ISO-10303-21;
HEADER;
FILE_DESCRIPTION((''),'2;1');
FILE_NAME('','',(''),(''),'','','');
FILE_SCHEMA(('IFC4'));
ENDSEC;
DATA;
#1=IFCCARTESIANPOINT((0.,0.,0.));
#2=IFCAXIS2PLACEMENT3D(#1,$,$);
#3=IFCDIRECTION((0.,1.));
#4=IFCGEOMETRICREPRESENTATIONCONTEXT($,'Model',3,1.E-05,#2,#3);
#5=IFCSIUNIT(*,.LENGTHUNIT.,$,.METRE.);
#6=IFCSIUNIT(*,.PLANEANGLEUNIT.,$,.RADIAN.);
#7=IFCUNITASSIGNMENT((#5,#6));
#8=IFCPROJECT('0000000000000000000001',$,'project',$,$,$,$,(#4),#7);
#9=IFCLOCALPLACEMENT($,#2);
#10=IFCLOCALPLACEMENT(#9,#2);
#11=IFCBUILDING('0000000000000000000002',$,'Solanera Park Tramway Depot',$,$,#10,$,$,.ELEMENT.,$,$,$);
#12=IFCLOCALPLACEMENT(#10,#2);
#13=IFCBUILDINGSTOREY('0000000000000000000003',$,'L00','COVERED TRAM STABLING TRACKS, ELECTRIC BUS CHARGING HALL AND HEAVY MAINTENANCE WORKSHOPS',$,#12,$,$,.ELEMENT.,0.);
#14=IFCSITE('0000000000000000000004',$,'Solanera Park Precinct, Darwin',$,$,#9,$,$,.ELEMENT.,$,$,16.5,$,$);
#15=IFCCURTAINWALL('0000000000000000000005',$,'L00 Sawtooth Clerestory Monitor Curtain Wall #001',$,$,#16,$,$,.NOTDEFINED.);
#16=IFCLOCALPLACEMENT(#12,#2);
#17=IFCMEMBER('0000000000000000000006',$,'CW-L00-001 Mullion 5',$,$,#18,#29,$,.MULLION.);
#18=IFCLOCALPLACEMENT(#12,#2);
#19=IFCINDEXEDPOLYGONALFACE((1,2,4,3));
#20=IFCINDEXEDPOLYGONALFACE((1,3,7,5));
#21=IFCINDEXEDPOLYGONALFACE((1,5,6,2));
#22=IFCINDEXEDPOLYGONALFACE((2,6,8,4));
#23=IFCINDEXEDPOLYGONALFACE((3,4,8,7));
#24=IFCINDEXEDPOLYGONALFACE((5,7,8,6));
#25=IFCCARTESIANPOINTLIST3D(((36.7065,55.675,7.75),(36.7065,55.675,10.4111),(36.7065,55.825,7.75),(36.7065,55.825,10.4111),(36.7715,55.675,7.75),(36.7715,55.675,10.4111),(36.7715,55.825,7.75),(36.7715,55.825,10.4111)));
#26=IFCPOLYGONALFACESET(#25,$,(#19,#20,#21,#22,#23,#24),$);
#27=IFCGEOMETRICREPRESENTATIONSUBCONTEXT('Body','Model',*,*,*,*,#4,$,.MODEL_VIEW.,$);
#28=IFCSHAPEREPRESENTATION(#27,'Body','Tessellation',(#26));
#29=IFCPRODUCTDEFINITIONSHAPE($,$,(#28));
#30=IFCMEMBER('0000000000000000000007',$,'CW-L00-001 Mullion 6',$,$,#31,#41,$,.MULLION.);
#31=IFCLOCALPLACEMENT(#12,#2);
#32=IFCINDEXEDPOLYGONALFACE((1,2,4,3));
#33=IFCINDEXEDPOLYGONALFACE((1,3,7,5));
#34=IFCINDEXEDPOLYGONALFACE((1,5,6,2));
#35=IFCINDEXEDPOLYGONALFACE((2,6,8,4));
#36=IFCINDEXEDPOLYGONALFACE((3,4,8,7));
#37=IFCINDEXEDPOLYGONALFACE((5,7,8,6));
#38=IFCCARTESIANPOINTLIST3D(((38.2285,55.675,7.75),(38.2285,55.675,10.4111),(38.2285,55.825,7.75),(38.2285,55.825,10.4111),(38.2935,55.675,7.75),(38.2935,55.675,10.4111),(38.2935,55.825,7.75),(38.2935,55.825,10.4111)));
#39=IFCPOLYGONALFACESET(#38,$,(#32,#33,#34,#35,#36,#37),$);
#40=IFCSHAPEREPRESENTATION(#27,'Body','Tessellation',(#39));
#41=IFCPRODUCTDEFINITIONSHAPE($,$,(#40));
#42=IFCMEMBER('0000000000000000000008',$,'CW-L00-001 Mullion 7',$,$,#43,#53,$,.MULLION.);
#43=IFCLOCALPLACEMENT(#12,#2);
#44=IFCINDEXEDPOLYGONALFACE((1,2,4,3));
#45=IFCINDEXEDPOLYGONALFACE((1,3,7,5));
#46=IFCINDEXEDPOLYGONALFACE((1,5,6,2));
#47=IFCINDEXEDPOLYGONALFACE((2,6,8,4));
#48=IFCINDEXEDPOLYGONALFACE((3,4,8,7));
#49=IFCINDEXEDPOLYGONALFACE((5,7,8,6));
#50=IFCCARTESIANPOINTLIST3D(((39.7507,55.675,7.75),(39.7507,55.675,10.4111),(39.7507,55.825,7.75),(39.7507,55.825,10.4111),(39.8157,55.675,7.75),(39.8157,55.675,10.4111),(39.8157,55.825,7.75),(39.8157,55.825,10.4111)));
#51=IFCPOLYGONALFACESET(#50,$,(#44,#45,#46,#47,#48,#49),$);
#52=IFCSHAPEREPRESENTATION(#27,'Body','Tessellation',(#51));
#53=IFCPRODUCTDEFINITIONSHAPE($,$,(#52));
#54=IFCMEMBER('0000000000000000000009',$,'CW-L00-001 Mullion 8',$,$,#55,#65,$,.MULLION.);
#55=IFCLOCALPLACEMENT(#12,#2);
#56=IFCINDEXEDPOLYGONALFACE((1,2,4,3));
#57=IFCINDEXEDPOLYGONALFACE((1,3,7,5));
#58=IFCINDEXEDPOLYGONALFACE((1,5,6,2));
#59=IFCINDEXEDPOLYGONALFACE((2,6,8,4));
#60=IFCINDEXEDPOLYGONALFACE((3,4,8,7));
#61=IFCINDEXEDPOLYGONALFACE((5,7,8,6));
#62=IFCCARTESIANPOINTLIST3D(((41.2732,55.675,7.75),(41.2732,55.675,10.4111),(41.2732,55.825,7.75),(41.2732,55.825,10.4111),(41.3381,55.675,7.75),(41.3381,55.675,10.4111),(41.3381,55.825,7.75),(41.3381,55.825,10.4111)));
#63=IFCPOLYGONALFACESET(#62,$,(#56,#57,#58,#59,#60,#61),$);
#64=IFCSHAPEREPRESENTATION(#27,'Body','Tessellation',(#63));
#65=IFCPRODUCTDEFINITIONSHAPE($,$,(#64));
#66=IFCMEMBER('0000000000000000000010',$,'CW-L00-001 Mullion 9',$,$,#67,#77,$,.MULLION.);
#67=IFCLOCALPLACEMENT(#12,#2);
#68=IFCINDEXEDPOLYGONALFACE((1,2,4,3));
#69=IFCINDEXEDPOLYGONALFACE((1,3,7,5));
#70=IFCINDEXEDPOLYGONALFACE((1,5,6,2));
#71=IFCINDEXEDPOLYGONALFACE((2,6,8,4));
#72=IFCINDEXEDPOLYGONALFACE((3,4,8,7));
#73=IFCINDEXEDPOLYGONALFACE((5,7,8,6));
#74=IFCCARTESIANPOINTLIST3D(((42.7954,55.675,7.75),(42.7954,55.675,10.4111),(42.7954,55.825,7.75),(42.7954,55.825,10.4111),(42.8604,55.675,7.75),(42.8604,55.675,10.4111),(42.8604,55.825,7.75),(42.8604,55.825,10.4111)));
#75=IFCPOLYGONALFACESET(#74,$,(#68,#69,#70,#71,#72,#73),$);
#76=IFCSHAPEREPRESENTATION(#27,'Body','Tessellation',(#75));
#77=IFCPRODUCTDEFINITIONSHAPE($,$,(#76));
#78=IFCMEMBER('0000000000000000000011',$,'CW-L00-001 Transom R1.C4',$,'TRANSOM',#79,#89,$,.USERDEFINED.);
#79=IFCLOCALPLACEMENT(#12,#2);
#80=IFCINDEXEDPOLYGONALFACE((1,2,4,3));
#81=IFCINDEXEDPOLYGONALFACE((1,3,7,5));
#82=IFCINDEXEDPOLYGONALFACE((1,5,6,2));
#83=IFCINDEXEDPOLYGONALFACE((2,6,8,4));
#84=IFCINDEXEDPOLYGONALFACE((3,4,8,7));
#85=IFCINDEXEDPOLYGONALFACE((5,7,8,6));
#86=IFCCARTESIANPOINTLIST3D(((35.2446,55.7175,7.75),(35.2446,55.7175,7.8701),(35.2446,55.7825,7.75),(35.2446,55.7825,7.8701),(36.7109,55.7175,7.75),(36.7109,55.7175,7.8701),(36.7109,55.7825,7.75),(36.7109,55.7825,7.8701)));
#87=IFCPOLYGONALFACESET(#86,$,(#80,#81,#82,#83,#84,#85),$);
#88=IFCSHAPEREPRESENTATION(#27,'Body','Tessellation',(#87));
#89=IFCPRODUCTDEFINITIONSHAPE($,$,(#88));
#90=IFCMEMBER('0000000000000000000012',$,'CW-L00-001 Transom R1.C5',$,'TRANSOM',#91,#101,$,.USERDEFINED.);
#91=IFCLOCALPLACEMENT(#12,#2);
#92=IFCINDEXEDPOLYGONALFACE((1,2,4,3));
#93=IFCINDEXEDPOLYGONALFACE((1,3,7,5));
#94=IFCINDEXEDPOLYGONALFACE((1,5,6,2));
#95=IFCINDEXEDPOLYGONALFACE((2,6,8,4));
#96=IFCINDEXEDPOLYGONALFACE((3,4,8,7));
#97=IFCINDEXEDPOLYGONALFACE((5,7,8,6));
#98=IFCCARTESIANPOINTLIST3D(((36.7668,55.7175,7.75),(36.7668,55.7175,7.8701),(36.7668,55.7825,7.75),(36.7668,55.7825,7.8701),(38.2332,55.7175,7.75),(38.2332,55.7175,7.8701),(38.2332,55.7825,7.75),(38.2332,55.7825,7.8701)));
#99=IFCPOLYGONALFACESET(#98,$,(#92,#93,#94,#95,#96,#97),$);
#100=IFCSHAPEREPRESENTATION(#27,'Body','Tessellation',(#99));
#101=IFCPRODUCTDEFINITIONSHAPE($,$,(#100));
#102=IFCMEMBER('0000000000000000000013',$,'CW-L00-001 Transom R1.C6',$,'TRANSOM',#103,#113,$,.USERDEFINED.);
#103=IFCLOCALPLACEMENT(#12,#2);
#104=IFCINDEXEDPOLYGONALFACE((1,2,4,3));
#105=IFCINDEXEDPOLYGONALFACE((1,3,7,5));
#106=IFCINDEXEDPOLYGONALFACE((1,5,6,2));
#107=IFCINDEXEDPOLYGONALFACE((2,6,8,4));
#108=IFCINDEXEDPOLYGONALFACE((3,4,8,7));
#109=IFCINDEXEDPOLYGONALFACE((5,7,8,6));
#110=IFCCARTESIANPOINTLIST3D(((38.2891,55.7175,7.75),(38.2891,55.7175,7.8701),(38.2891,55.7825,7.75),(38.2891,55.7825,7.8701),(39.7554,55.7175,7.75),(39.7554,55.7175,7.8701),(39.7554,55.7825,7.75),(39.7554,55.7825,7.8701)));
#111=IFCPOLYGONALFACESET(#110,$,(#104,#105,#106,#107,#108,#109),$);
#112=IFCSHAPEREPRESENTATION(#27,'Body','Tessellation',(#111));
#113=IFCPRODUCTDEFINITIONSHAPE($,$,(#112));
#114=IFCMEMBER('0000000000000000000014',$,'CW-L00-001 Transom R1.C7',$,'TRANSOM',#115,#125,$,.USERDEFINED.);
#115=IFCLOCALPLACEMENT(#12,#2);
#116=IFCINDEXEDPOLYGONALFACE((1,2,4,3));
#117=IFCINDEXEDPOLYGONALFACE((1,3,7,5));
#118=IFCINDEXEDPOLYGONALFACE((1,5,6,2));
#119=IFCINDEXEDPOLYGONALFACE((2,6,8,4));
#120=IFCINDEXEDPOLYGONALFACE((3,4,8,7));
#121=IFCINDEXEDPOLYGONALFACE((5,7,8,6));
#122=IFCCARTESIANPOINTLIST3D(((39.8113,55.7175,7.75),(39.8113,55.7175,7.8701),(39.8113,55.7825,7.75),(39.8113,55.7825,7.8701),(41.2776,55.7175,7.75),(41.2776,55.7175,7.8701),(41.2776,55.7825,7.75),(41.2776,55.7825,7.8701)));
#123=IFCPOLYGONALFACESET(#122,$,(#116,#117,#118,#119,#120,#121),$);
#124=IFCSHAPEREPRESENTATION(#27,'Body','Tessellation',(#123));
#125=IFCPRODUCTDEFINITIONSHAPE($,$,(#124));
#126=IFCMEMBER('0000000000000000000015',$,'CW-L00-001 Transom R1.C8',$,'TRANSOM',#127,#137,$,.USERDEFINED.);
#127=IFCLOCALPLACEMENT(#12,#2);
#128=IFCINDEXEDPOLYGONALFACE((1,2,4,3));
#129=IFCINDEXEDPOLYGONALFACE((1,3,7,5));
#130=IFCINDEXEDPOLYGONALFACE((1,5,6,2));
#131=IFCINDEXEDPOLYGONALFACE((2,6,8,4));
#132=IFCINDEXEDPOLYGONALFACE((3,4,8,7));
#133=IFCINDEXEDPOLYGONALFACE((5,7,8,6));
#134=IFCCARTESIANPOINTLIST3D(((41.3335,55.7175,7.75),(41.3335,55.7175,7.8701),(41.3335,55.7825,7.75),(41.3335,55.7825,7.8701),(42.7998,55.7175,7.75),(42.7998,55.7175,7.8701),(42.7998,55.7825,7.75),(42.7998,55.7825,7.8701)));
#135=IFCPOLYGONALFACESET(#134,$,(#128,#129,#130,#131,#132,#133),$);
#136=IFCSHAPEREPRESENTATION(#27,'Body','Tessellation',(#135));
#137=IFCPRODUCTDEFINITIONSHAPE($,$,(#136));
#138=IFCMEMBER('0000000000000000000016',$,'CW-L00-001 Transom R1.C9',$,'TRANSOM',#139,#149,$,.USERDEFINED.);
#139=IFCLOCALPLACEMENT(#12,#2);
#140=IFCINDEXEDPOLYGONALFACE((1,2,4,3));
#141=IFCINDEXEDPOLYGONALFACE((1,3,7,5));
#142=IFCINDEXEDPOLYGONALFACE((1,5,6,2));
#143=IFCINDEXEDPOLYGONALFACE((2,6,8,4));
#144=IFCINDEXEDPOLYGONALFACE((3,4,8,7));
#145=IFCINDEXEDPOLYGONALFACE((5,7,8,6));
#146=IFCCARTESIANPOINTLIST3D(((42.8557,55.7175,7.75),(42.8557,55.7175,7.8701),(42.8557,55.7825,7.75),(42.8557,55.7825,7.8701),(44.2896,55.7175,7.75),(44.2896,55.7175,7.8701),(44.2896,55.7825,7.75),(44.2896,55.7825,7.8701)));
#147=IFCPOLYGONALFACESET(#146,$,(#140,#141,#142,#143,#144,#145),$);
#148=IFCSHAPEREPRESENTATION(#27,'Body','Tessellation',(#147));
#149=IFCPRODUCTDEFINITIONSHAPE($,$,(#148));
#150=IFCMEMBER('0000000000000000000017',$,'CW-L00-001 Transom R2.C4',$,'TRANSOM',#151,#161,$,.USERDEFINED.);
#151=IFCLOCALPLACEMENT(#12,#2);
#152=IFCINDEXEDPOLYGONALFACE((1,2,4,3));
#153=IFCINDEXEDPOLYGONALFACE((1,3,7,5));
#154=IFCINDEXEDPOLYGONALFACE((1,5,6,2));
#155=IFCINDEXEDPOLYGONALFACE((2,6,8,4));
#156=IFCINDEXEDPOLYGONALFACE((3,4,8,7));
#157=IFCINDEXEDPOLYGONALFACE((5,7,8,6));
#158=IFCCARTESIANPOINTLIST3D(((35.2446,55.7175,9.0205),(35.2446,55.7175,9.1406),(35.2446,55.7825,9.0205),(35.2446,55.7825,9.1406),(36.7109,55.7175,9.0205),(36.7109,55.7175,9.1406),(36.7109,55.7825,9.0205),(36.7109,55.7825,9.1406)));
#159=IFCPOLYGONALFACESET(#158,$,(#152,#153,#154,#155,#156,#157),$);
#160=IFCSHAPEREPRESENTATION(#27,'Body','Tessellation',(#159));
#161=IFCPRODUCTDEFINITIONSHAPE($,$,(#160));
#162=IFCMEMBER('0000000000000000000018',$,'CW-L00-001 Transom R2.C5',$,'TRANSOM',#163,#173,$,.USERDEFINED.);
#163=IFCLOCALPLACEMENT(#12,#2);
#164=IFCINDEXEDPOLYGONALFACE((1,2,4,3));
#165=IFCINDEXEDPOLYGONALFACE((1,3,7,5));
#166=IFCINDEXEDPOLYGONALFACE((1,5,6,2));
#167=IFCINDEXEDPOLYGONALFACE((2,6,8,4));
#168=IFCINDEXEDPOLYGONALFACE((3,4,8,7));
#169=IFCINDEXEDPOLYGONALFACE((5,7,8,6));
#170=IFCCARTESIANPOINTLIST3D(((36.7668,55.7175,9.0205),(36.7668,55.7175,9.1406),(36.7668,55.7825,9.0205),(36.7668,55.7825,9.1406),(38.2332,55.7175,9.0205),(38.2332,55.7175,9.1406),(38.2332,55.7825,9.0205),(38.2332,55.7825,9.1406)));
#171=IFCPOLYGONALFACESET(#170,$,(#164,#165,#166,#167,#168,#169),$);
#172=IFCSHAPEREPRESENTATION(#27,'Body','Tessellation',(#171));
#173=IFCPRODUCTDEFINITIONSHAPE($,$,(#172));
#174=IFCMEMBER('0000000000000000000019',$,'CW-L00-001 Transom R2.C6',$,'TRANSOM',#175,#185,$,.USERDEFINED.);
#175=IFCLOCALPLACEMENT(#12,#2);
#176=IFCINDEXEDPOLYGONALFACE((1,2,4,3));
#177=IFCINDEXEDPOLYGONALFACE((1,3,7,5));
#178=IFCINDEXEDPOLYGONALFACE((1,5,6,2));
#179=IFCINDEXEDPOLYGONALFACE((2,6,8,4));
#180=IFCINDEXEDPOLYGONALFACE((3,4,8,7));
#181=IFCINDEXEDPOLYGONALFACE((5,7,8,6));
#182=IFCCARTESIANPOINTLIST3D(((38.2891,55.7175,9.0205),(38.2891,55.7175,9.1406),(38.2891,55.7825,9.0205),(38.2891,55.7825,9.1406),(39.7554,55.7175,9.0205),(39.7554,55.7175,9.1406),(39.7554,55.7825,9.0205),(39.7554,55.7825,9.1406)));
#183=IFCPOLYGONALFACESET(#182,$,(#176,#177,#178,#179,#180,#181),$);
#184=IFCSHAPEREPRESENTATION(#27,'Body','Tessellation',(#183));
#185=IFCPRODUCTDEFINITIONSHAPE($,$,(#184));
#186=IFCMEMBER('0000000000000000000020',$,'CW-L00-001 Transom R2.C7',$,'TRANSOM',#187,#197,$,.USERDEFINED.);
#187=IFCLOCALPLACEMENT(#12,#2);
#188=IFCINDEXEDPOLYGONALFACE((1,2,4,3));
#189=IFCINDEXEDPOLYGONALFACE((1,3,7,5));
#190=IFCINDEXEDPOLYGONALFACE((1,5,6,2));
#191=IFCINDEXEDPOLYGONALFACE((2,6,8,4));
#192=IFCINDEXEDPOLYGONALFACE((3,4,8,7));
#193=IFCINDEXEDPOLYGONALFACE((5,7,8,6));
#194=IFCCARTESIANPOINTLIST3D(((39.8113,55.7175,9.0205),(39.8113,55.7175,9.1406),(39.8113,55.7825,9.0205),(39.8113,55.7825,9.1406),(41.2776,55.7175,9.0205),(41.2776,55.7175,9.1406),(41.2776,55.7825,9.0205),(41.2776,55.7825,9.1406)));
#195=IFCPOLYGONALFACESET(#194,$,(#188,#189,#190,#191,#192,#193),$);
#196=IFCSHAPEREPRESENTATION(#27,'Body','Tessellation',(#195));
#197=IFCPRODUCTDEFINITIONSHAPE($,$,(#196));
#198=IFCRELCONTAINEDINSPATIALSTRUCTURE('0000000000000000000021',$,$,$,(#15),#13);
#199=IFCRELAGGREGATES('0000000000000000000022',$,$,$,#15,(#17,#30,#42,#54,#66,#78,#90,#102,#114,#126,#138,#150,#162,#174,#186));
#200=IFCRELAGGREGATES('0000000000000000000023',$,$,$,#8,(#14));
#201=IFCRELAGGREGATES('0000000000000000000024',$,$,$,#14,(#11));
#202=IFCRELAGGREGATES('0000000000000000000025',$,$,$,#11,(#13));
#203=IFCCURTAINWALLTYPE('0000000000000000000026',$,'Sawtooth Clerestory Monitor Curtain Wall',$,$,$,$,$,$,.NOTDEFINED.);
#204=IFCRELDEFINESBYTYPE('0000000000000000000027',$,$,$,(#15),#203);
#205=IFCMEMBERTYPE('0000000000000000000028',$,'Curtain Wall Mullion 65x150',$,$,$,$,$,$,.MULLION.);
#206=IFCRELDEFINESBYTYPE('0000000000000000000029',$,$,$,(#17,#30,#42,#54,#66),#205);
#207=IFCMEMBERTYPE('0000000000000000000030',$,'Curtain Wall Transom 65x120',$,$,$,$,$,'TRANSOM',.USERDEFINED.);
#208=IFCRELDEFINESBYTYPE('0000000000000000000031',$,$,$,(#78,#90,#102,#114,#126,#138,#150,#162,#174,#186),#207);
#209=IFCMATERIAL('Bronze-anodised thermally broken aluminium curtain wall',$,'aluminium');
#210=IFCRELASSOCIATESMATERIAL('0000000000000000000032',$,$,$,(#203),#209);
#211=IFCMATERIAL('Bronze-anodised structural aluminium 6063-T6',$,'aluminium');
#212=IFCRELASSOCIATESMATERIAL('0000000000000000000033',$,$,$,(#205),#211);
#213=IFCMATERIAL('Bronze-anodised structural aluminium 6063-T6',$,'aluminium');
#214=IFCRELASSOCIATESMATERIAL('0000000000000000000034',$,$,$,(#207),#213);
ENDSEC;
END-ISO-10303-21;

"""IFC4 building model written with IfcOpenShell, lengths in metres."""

from ifc_helpers import new_model, si_unit, direction, frame, origin, origin_2d, place, context, subcontext, project, spatial, rectangle, extrude, material, material_profile, profile_set, type_object, element, aggregate, save


model = new_model("IFC4")

# Units and contexts
model_context = context("Model", 3, precision=1e-05, world=origin(), true_north=direction((0.0, 1.0)))
body_context = subcontext(model_context, "Body", "Model", "MODEL_VIEW")
ifc_project = project(units=[si_unit("LENGTHUNIT", "METRE"), si_unit("PLANEANGLEUNIT", "RADIAN")], contexts=[model_context])

# Site, building, storey
site_placement = place(None, origin())
site = spatial("IfcSite", under=ifc_project, at=site_placement, Name="Solanera Park Precinct, Darwin", CompositionType="ELEMENT", RefElevation=16.5)
building_placement = place(site_placement, origin())
building = spatial("IfcBuilding", under=site, at=building_placement, Name="Solanera Park Tramway Depot", CompositionType="ELEMENT")
storey_placement = place(building_placement, origin())
storey = spatial("IfcBuildingStorey", under=building, at=storey_placement, Name="L00", Description="COVERED TRAM STABLING TRACKS, ELECTRIC BUS CHARGING HALL AND HEAVY MAINTENANCE WORKSHOPS", CompositionType="ELEMENT", Elevation=0.0)

# Curtain wall, members
ifc_material_1 = material(Name="Bronze-anodised thermally broken aluminium curtain wall", Category="aluminium")
curtain_wall_type = type_object("IfcCurtainWallType", Name="Sawtooth Clerestory Monitor Curtain Wall", PredefinedType="NOTDEFINED", material=ifc_material_1)
curtain_wall_placement = place(storey_placement, origin())
curtain_wall = element("IfcCurtainWall", 1, at=curtain_wall_placement, inside=storey, type_object=curtain_wall_type, Name="L00 Sawtooth Clerestory Monitor Curtain Wall #001", PredefinedType="NOTDEFINED")
ifc_material_2 = material(Name="Bronze-anodised structural aluminium 6063-T6", Category="aluminium")
ifc_material_profile_1 = material_profile(ifc_material_2, rectangle(XDim=0.0649, YDim=0.1499, at=origin_2d()), Name="Curtain Wall Mullion 65x150")
ifc_profile_set_1 = profile_set([ifc_material_profile_1], Name="Bronze-anodised structural aluminium 6063-T6")
member_type_1 = type_object("IfcMemberType", Name="Curtain Wall Mullion 65x150", PredefinedType="MULLION", material=ifc_profile_set_1)
member_1_placement = place(storey_placement, frame((36.739, 55.75, 7.75), z_axis=(0.0, 0.0, 1.0), x_axis=(1.0, 0.0, 0.0)))
member_1 = element("IfcMember", 2, at=member_1_placement, type_object=member_type_1, Name="CW-L00-001 Mullion 5", PredefinedType="MULLION", context=body_context, shape_type="SweptSolid", body=[
    extrude(rectangle(XDim=0.0649, YDim=0.1499, at=origin_2d()), origin(), (0.0, 0.0, 1.0), 2.6611),
])
member_2_placement = place(storey_placement, frame((38.261, 55.75, 7.75), z_axis=(0.0, 0.0, 1.0), x_axis=(1.0, 0.0, 0.0)))
member_2 = element("IfcMember", 3, at=member_2_placement, type_object=member_type_1, Name="CW-L00-001 Mullion 6", PredefinedType="MULLION", context=body_context, shape_type="SweptSolid", body=[
    extrude(rectangle(XDim=0.0649, YDim=0.1499, at=origin_2d()), origin(), (0.0, 0.0, 1.0), 2.6611),
])
member_3_placement = place(storey_placement, frame((39.7832, 55.75, 7.75), z_axis=(0.0, 0.0, 1.0), x_axis=(1.0, 0.0, 0.0)))
member_3 = element("IfcMember", 4, at=member_3_placement, type_object=member_type_1, Name="CW-L00-001 Mullion 7", PredefinedType="MULLION", context=body_context, shape_type="SweptSolid", body=[
    extrude(rectangle(XDim=0.0649, YDim=0.1499, at=origin_2d()), origin(), (0.0, 0.0, 1.0), 2.6611),
])
member_4_placement = place(storey_placement, frame((41.3057, 55.75, 7.75), z_axis=(0.0, 0.0, 1.0), x_axis=(1.0, 0.0, 0.0)))
member_4 = element("IfcMember", 5, at=member_4_placement, type_object=member_type_1, Name="CW-L00-001 Mullion 8", PredefinedType="MULLION", context=body_context, shape_type="SweptSolid", body=[
    extrude(rectangle(XDim=0.0649, YDim=0.1499, at=origin_2d()), origin(), (0.0, 0.0, 1.0), 2.6611),
])
member_5_placement = place(storey_placement, frame((42.8279, 55.75, 7.75), z_axis=(0.0, 0.0, 1.0), x_axis=(1.0, 0.0, 0.0)))
member_5 = element("IfcMember", 6, at=member_5_placement, type_object=member_type_1, Name="CW-L00-001 Mullion 9", PredefinedType="MULLION", context=body_context, shape_type="SweptSolid", body=[
    extrude(rectangle(XDim=0.0649, YDim=0.1499, at=origin_2d()), origin(), (0.0, 0.0, 1.0), 2.6611),
])
ifc_material_3 = material(Name="Bronze-anodised structural aluminium 6063-T6", Category="aluminium")
ifc_material_profile_2 = material_profile(ifc_material_3, rectangle(XDim=0.0649, YDim=0.1201, at=origin_2d()), Name="Curtain Wall Transom 65x120")
ifc_profile_set_2 = profile_set([ifc_material_profile_2], Name="Bronze-anodised structural aluminium 6063-T6")
member_type_2 = type_object("IfcMemberType", Name="Curtain Wall Transom 65x120", ElementType="TRANSOM", PredefinedType="USERDEFINED", material=ifc_profile_set_2)
member_6_placement = place(storey_placement, frame((35.2446, 55.75, 7.8101), z_axis=(1.0, 0.0, 0.0), x_axis=(0.0, 1.0, 0.0)))
member_6 = element("IfcMember", 7, at=member_6_placement, type_object=member_type_2, Name="CW-L00-001 Transom R1.C4", ObjectType="TRANSOM", PredefinedType="USERDEFINED", context=body_context, shape_type="SweptSolid", body=[
    extrude(rectangle(XDim=0.0649, YDim=0.1201, at=origin_2d()), origin(), (0.0, 0.0, 1.0), 1.4663),
])
member_7_placement = place(storey_placement, frame((36.7668, 55.75, 7.8101), z_axis=(1.0, 0.0, 0.0), x_axis=(0.0, 1.0, 0.0)))
member_7 = element("IfcMember", 8, at=member_7_placement, type_object=member_type_2, Name="CW-L00-001 Transom R1.C5", ObjectType="TRANSOM", PredefinedType="USERDEFINED", context=body_context, shape_type="SweptSolid", body=[
    extrude(rectangle(XDim=0.0649, YDim=0.1201, at=origin_2d()), origin(), (0.0, 0.0, 1.0), 1.4663),
])
member_8_placement = place(storey_placement, frame((38.2891, 55.75, 7.8101), z_axis=(1.0, 0.0, 0.0), x_axis=(0.0, 1.0, 0.0)))
member_8 = element("IfcMember", 9, at=member_8_placement, type_object=member_type_2, Name="CW-L00-001 Transom R1.C6", ObjectType="TRANSOM", PredefinedType="USERDEFINED", context=body_context, shape_type="SweptSolid", body=[
    extrude(rectangle(XDim=0.0649, YDim=0.1201, at=origin_2d()), origin(), (0.0, 0.0, 1.0), 1.4663),
])
member_9_placement = place(storey_placement, frame((39.8113, 55.75, 7.8101), z_axis=(1.0, 0.0, 0.0), x_axis=(0.0, 1.0, 0.0)))
member_9 = element("IfcMember", 10, at=member_9_placement, type_object=member_type_2, Name="CW-L00-001 Transom R1.C7", ObjectType="TRANSOM", PredefinedType="USERDEFINED", context=body_context, shape_type="SweptSolid", body=[
    extrude(rectangle(XDim=0.0649, YDim=0.1201, at=origin_2d()), origin(), (0.0, 0.0, 1.0), 1.4663),
])
member_10_placement = place(storey_placement, frame((41.3335, 55.75, 7.8101), z_axis=(1.0, 0.0, 0.0), x_axis=(0.0, 1.0, 0.0)))
member_10 = element("IfcMember", 11, at=member_10_placement, type_object=member_type_2, Name="CW-L00-001 Transom R1.C8", ObjectType="TRANSOM", PredefinedType="USERDEFINED", context=body_context, shape_type="SweptSolid", body=[
    extrude(rectangle(XDim=0.0649, YDim=0.1201, at=origin_2d()), origin(), (0.0, 0.0, 1.0), 1.4663),
])
member_11_placement = place(storey_placement, frame((42.8557, 55.75, 7.8101), z_axis=(1.0, 0.0, 0.0), x_axis=(0.0, 1.0, 0.0)))
member_11 = element("IfcMember", 12, at=member_11_placement, type_object=member_type_2, Name="CW-L00-001 Transom R1.C9", ObjectType="TRANSOM", PredefinedType="USERDEFINED", context=body_context, shape_type="SweptSolid", body=[
    extrude(rectangle(XDim=0.0649, YDim=0.1201, at=origin_2d()), origin(), (0.0, 0.0, 1.0), 1.4338),
])
member_12_placement = place(storey_placement, frame((35.2446, 55.75, 9.0806), z_axis=(1.0, 0.0, 0.0), x_axis=(0.0, 1.0, 0.0)))
member_12 = element("IfcMember", 13, at=member_12_placement, type_object=member_type_2, Name="CW-L00-001 Transom R2.C4", ObjectType="TRANSOM", PredefinedType="USERDEFINED", context=body_context, shape_type="SweptSolid", body=[
    extrude(rectangle(XDim=0.0649, YDim=0.1201, at=origin_2d()), origin(), (0.0, 0.0, 1.0), 1.4663),
])
member_13_placement = place(storey_placement, frame((36.7668, 55.75, 9.0806), z_axis=(1.0, 0.0, 0.0), x_axis=(0.0, 1.0, 0.0)))
member_13 = element("IfcMember", 14, at=member_13_placement, type_object=member_type_2, Name="CW-L00-001 Transom R2.C5", ObjectType="TRANSOM", PredefinedType="USERDEFINED", context=body_context, shape_type="SweptSolid", body=[
    extrude(rectangle(XDim=0.0649, YDim=0.1201, at=origin_2d()), origin(), (0.0, 0.0, 1.0), 1.4663),
])
member_14_placement = place(storey_placement, frame((38.2891, 55.75, 9.0806), z_axis=(1.0, 0.0, 0.0), x_axis=(0.0, 1.0, 0.0)))
member_14 = element("IfcMember", 15, at=member_14_placement, type_object=member_type_2, Name="CW-L00-001 Transom R2.C6", ObjectType="TRANSOM", PredefinedType="USERDEFINED", context=body_context, shape_type="SweptSolid", body=[
    extrude(rectangle(XDim=0.0649, YDim=0.1201, at=origin_2d()), origin(), (0.0, 0.0, 1.0), 1.4663),
])
member_15_placement = place(storey_placement, frame((39.8113, 55.75, 9.0806), z_axis=(1.0, 0.0, 0.0), x_axis=(0.0, 1.0, 0.0)))
member_15 = element("IfcMember", 16, at=member_15_placement, type_object=member_type_2, Name="CW-L00-001 Transom R2.C7", ObjectType="TRANSOM", PredefinedType="USERDEFINED", context=body_context, shape_type="SweptSolid", body=[
    extrude(rectangle(XDim=0.0649, YDim=0.1201, at=origin_2d()), origin(), (0.0, 0.0, 1.0), 1.4663),
])
aggregate(curtain_wall, [member_1, member_2, member_3, member_4, member_5, member_6, member_7, member_8, member_9, member_10, member_11, member_12, member_13, member_14, member_15])

save(model, "model.ifc")
